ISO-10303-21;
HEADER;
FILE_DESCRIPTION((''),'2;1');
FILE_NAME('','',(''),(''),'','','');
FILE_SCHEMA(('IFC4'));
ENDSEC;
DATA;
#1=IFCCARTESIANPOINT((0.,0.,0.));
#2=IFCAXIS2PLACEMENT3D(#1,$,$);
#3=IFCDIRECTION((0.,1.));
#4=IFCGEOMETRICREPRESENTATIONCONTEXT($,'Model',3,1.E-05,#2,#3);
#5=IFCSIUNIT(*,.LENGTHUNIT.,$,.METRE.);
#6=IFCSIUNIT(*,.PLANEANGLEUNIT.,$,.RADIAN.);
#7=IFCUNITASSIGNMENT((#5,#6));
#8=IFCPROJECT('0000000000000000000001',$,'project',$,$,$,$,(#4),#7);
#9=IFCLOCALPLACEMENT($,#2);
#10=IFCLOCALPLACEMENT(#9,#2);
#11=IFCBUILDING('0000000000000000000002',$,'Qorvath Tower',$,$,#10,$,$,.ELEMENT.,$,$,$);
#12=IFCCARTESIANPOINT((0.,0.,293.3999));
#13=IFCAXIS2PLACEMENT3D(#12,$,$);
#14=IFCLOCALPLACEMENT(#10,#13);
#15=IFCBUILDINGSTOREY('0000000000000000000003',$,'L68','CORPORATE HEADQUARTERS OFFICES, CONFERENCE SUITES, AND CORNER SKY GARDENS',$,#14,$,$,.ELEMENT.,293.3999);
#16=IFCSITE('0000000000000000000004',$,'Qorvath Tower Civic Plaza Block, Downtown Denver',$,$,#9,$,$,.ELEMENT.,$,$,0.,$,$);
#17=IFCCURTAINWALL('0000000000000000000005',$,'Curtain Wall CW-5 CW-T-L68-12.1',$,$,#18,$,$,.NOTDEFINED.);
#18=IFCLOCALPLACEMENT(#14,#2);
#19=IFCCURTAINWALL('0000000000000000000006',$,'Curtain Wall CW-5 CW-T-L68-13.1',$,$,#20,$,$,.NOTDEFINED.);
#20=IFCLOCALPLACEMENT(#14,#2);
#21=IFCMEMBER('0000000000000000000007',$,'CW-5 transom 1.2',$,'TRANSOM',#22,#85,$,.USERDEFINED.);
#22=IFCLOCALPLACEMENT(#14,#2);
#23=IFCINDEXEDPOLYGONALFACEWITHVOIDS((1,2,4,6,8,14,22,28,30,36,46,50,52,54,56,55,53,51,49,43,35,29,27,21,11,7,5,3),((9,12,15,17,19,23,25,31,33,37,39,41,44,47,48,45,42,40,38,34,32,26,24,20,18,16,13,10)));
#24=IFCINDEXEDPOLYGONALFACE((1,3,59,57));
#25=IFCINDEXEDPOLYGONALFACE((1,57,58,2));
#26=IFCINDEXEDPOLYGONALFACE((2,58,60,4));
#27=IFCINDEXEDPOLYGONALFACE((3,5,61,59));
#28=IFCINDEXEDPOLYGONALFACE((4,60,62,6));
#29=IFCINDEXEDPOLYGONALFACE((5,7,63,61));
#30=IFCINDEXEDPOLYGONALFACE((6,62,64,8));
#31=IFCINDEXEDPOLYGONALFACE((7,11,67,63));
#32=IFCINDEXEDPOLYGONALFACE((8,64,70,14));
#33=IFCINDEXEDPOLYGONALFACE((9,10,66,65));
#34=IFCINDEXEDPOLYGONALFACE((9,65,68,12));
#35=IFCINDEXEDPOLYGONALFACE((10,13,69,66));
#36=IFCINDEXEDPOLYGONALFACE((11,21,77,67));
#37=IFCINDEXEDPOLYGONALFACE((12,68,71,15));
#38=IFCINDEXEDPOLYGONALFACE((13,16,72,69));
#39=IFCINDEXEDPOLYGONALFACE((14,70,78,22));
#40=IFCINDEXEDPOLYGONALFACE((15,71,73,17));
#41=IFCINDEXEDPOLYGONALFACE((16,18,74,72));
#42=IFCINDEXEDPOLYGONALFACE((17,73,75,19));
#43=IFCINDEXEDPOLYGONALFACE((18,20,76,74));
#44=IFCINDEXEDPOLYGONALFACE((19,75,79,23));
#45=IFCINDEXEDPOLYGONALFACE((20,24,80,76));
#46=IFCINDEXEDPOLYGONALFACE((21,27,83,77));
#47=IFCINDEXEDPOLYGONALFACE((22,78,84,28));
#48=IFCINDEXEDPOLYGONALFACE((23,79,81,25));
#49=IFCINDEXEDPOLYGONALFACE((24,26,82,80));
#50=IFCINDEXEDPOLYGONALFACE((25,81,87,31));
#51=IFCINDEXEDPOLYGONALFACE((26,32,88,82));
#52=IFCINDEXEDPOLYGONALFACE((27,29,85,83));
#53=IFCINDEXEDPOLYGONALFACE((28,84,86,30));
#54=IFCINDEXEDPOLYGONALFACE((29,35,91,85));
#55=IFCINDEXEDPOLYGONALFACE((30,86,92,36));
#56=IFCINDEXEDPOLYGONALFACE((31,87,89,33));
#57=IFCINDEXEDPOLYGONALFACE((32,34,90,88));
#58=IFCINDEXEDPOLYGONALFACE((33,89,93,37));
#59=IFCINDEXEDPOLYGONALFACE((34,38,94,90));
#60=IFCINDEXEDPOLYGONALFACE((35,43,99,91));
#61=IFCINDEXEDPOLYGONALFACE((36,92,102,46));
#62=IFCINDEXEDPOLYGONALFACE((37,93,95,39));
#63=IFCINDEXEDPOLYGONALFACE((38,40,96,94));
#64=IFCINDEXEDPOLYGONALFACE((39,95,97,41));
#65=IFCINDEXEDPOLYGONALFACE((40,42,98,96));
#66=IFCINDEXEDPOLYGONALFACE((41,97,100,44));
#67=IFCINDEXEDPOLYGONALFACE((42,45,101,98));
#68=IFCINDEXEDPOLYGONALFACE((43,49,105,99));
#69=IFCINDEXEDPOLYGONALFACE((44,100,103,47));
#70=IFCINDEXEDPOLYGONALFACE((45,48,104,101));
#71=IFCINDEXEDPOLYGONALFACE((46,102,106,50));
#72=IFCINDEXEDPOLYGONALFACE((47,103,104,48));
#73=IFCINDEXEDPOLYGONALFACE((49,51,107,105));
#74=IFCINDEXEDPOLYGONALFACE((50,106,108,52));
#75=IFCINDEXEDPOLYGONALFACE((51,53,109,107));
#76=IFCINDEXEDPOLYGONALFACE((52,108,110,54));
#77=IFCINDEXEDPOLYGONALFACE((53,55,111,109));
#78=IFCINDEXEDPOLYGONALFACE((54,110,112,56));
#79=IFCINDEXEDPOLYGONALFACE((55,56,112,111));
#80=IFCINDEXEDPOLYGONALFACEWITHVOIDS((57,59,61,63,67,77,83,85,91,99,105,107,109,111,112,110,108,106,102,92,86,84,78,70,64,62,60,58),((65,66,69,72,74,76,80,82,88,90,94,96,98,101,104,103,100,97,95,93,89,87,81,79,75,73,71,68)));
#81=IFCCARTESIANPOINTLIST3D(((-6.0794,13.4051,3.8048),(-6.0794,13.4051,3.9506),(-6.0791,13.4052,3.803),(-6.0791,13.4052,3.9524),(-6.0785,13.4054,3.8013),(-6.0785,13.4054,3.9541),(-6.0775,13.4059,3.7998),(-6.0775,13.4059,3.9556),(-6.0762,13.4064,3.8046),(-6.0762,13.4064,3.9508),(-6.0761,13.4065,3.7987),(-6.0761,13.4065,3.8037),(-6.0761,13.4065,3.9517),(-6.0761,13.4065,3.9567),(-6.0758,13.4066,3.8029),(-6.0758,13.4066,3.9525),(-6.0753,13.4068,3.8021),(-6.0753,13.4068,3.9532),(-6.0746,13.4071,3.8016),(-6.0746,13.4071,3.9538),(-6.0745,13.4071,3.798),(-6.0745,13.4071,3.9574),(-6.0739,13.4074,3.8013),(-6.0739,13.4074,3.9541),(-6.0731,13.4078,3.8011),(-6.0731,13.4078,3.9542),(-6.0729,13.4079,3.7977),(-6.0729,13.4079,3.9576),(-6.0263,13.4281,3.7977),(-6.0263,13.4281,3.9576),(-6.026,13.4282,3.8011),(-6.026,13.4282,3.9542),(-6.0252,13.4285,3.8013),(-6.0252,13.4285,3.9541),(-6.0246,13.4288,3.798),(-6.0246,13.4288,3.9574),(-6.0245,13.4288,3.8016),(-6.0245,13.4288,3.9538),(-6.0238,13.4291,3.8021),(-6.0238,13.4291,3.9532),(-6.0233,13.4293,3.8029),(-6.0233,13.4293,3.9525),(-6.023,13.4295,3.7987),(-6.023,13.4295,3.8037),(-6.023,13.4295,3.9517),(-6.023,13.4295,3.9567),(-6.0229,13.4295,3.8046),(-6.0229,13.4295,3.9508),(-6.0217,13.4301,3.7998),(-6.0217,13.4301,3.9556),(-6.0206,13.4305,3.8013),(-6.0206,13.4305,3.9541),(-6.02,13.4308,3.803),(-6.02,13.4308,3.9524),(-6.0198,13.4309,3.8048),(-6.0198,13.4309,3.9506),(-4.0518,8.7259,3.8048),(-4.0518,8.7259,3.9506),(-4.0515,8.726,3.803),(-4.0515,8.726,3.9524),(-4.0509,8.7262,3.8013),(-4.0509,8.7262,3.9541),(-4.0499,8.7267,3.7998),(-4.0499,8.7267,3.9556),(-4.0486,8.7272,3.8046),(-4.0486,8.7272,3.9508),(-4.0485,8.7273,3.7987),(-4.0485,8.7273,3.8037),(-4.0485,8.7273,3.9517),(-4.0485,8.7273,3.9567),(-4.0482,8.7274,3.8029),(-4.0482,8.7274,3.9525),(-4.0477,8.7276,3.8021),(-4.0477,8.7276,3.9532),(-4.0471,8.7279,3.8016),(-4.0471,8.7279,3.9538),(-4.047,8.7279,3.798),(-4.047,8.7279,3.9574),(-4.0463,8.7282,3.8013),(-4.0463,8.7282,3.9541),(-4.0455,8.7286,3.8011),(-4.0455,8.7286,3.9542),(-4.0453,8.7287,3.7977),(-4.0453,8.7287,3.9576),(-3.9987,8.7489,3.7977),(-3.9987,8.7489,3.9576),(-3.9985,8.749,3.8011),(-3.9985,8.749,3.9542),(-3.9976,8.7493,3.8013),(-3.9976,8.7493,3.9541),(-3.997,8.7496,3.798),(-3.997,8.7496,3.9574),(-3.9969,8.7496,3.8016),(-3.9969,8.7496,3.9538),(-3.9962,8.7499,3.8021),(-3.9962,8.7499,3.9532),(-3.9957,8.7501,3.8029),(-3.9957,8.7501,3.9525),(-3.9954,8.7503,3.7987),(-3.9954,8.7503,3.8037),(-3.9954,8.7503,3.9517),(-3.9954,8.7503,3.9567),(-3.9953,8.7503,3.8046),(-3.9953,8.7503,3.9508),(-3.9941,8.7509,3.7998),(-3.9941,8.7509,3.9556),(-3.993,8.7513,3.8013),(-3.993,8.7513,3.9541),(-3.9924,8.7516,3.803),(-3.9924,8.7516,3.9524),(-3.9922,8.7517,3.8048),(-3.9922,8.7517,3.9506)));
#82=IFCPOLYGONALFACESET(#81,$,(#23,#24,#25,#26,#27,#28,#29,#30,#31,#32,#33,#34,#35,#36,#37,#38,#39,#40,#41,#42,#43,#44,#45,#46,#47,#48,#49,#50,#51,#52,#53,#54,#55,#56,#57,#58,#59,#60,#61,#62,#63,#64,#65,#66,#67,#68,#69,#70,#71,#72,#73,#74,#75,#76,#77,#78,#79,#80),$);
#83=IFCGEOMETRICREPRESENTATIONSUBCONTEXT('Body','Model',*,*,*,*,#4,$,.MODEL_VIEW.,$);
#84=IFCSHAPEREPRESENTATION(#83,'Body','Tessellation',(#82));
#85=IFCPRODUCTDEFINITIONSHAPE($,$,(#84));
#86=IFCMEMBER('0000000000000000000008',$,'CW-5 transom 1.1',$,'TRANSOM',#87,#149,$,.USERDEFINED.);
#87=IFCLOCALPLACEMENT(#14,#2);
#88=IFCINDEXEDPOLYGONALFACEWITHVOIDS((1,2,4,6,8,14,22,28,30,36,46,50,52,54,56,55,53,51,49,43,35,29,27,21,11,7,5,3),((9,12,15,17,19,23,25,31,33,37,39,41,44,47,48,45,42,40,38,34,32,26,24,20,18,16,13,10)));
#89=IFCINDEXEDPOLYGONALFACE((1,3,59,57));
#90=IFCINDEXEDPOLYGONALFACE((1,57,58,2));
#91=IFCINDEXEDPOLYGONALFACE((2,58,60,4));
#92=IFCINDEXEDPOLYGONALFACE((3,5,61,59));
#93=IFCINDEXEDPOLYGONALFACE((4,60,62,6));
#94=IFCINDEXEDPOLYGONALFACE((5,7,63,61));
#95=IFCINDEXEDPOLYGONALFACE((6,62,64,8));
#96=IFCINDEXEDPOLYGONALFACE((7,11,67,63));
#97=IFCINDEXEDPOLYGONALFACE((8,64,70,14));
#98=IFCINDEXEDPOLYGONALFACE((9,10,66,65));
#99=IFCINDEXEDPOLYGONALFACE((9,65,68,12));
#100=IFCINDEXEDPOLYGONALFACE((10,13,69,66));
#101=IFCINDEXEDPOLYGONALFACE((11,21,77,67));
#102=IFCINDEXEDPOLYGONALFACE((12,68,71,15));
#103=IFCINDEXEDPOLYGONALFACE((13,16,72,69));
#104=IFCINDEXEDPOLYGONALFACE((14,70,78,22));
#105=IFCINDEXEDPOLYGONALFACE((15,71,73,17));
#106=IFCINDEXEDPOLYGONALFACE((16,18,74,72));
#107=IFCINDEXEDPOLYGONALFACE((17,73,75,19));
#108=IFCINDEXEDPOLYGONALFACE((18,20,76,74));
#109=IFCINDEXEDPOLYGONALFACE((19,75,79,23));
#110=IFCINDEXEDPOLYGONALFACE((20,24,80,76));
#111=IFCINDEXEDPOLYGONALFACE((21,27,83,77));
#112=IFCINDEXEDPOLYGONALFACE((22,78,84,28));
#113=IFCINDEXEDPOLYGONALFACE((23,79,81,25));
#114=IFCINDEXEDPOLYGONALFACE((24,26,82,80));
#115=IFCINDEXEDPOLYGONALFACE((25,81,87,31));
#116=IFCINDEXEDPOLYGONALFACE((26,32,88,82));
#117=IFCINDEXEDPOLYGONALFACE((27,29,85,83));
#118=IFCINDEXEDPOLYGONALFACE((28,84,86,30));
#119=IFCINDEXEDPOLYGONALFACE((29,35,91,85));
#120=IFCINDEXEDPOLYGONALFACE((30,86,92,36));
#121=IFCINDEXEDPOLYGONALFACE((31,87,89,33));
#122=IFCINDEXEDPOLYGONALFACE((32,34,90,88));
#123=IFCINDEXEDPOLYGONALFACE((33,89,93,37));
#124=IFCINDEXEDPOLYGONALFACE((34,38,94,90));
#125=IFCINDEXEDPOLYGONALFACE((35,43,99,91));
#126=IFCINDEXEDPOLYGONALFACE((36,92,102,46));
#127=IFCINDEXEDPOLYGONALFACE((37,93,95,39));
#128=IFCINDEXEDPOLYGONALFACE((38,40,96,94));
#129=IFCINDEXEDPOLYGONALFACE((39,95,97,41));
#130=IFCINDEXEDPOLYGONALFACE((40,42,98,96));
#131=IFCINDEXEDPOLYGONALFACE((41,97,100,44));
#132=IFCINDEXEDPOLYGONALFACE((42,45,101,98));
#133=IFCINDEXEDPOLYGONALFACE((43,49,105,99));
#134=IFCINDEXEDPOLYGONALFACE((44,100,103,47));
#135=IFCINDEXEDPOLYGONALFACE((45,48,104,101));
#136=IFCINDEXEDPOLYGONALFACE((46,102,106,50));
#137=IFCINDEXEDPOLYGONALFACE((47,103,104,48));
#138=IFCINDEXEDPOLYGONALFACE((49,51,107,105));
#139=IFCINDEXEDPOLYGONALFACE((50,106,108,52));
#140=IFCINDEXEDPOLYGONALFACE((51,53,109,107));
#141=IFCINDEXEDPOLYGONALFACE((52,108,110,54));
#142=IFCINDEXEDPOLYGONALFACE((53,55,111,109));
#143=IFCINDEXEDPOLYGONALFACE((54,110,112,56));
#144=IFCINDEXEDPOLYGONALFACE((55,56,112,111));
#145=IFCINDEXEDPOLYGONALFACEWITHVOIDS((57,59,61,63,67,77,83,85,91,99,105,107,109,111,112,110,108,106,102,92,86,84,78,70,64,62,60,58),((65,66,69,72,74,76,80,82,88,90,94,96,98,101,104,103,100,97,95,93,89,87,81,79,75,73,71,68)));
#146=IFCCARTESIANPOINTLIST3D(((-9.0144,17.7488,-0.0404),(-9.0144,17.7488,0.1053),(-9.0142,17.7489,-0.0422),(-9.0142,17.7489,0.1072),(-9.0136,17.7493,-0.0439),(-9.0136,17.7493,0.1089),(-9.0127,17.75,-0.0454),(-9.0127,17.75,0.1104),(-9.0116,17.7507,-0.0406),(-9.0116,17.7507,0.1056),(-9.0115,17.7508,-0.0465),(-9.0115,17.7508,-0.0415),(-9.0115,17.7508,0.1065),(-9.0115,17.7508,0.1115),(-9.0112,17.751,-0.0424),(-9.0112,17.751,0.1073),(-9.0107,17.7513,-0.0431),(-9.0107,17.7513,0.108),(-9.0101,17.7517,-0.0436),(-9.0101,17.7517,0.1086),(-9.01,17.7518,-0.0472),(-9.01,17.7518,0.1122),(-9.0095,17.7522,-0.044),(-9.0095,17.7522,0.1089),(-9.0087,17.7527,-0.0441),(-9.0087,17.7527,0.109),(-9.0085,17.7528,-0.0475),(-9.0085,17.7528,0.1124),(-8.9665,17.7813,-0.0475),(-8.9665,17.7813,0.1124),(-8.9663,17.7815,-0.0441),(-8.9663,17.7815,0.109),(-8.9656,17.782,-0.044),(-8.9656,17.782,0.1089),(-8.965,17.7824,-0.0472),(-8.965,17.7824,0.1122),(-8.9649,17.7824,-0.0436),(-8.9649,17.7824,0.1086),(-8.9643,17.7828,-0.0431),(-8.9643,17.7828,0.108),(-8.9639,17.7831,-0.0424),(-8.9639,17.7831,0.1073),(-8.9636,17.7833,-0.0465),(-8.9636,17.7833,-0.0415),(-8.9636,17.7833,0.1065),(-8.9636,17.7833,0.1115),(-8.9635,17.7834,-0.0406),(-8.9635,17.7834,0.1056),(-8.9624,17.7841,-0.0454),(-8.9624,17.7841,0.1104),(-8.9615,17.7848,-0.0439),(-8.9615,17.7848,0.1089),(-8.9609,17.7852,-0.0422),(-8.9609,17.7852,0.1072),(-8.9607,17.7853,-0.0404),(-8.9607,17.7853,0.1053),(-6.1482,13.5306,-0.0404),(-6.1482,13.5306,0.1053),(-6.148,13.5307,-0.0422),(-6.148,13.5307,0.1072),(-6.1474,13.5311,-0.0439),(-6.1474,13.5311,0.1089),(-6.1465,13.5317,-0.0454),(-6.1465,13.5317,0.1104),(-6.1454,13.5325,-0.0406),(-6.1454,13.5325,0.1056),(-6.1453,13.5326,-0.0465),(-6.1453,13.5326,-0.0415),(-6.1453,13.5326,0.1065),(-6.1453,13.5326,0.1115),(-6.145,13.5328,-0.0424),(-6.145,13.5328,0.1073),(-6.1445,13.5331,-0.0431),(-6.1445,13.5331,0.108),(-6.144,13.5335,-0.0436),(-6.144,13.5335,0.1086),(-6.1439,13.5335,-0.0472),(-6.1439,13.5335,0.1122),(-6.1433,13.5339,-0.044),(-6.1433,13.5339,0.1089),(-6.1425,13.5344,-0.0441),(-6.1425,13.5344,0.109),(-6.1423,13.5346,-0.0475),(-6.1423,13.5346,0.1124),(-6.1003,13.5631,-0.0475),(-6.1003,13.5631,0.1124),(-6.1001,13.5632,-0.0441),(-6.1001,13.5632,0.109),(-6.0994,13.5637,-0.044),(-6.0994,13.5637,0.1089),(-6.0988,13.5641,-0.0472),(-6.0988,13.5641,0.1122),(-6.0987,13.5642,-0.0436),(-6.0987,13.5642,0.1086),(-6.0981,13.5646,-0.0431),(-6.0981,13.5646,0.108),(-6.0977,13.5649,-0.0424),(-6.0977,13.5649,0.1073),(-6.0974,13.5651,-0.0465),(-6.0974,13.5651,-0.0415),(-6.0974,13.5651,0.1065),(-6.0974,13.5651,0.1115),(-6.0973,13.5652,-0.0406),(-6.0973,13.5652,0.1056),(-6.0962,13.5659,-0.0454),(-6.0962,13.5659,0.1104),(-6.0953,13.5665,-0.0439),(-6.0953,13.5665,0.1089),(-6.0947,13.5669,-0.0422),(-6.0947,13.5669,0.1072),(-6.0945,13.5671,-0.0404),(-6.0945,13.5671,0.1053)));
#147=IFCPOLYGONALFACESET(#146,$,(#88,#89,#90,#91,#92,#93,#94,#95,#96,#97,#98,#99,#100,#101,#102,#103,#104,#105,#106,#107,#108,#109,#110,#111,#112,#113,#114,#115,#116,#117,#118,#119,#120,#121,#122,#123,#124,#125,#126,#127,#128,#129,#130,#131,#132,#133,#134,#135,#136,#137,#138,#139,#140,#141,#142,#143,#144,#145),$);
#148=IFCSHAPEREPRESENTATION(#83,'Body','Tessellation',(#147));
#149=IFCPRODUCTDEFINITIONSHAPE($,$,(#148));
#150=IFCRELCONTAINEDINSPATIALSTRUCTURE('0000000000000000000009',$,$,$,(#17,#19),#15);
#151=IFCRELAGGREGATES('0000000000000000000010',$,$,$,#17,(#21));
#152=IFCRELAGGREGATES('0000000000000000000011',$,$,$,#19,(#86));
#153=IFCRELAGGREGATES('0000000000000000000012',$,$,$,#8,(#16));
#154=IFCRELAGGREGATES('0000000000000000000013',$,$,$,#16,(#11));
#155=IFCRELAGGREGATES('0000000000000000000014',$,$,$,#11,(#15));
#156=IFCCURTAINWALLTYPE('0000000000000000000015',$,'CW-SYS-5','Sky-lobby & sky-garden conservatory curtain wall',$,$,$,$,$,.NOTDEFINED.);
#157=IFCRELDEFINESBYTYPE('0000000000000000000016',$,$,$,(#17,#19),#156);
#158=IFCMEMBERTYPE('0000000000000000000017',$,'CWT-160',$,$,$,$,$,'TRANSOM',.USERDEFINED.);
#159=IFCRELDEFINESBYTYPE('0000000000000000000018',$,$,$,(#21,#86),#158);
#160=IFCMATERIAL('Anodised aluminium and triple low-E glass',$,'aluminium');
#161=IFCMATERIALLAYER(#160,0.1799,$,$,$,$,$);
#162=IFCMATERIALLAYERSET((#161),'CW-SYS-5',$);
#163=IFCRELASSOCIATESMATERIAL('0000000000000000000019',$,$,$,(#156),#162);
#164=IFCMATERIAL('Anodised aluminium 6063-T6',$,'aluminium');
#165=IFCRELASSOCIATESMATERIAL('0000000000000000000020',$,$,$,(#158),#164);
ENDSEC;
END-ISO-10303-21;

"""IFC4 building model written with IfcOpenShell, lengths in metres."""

from ifc_helpers import new_model, si_unit, direction, frame, origin, origin_2d, place, context, subcontext, project, spatial, hollow_rectangle, extrude, material, layer, layer_set, material_profile, profile_set, type_object, element, aggregate, save


model = new_model("IFC4")

# Units and contexts
model_context = context("Model", 3, precision=1e-05, world=origin(), true_north=direction((0.0, 1.0)))
body_context = subcontext(model_context, "Body", "Model", "MODEL_VIEW")
ifc_project = project(units=[si_unit("LENGTHUNIT", "METRE"), si_unit("PLANEANGLEUNIT", "RADIAN")], contexts=[model_context])

# Site, building, storey
site_placement = place(None, origin())
site = spatial("IfcSite", under=ifc_project, at=site_placement, Name="Qorvath Tower Civic Plaza Block, Downtown Denver", CompositionType="ELEMENT", RefElevation=0.0)
building_placement = place(site_placement, origin())
building = spatial("IfcBuilding", under=site, at=building_placement, Name="Qorvath Tower", CompositionType="ELEMENT")
storey_placement = place(building_placement, frame((0.0, 0.0, 293.3999)))
storey = spatial("IfcBuildingStorey", under=building, at=storey_placement, Name="L68", Description="CORPORATE HEADQUARTERS OFFICES, CONFERENCE SUITES, AND CORNER SKY GARDENS", CompositionType="ELEMENT", Elevation=293.3999)

# Curtain walls
ifc_material_1 = material(Name="Anodised aluminium and triple low-E glass", Category="aluminium")
ifc_layer_1 = layer(ifc_material_1, 0.1799)
ifc_layer_set_1 = layer_set([ifc_layer_1], Name="CW-SYS-5")
curtain_wall_type = type_object("IfcCurtainWallType", Name="CW-SYS-5", Description="Sky-lobby & sky-garden conservatory curtain wall", PredefinedType="NOTDEFINED", material=ifc_layer_set_1)
curtain_wall_1_placement = place(storey_placement, origin())
curtain_wall_1 = element("IfcCurtainWall", 1, at=curtain_wall_1_placement, inside=storey, type_object=curtain_wall_type, Name="Curtain Wall CW-5 CW-T-L68-12.1", PredefinedType="NOTDEFINED")
curtain_wall_2_placement = place(storey_placement, origin())
curtain_wall_2 = element("IfcCurtainWall", 2, at=curtain_wall_2_placement, inside=storey, type_object=curtain_wall_type, Name="Curtain Wall CW-5 CW-T-L68-13.1", PredefinedType="NOTDEFINED")

# Members
ifc_material_2 = material(Name="Anodised aluminium 6063-T6", Category="aluminium")
ifc_material_profile_1 = material_profile(ifc_material_2, hollow_rectangle(XDim=0.0649, YDim=0.1599, WallThickness=0.0034, InnerFilletRadius=0.0034, OuterFilletRadius=0.0071, at=origin_2d()), Name="CWT 160x65")
ifc_profile_set_1 = profile_set([ifc_material_profile_1], Name="Anodised aluminium 6063-T6")
member_type_1 = type_object("IfcMemberType", Name="CWT-160", ElementType="TRANSOM", PredefinedType="USERDEFINED", material=ifc_profile_set_1)
member_1_placement = place(storey_placement, frame((-4.022, 8.7388, 3.8777), z_axis=(-0.397597, 0.91756, 0.0), x_axis=(-0.91756, -0.397597, 0.0)))
member_1 = element("IfcMember", 3, at=member_1_placement, type_object=member_type_1, Name="CW-5 transom 1.2", ObjectType="TRANSOM", PredefinedType="USERDEFINED", context=body_context, shape_type="SweptSolid", body=[
    extrude(hollow_rectangle(XDim=0.0649, YDim=0.1599, WallThickness=0.0034, InnerFilletRadius=0.0034, OuterFilletRadius=0.0071, at=origin_2d()), origin(), (0.0, 0.0, 1.0), 5.0996),
])
member_2_placement = place(storey_placement, frame((-6.1213, 13.5488, 0.0325), z_axis=(-0.562014, 0.827128, 0.0), x_axis=(-0.827128, -0.562014, 0.0)))
member_2 = element("IfcMember", 4, at=member_2_placement, type_object=member_type_1, Name="CW-5 transom 1.1", ObjectType="TRANSOM", PredefinedType="USERDEFINED", context=body_context, shape_type="SweptSolid", body=[
    extrude(hollow_rectangle(XDim=0.0649, YDim=0.1599, WallThickness=0.0034, InnerFilletRadius=0.0034, OuterFilletRadius=0.0071, at=origin_2d()), origin(), (0.0, 0.0, 1.0), 5.0999),
])

aggregate(curtain_wall_1, [member_1])
aggregate(curtain_wall_2, [member_2])

save(model, "model.ifc")
